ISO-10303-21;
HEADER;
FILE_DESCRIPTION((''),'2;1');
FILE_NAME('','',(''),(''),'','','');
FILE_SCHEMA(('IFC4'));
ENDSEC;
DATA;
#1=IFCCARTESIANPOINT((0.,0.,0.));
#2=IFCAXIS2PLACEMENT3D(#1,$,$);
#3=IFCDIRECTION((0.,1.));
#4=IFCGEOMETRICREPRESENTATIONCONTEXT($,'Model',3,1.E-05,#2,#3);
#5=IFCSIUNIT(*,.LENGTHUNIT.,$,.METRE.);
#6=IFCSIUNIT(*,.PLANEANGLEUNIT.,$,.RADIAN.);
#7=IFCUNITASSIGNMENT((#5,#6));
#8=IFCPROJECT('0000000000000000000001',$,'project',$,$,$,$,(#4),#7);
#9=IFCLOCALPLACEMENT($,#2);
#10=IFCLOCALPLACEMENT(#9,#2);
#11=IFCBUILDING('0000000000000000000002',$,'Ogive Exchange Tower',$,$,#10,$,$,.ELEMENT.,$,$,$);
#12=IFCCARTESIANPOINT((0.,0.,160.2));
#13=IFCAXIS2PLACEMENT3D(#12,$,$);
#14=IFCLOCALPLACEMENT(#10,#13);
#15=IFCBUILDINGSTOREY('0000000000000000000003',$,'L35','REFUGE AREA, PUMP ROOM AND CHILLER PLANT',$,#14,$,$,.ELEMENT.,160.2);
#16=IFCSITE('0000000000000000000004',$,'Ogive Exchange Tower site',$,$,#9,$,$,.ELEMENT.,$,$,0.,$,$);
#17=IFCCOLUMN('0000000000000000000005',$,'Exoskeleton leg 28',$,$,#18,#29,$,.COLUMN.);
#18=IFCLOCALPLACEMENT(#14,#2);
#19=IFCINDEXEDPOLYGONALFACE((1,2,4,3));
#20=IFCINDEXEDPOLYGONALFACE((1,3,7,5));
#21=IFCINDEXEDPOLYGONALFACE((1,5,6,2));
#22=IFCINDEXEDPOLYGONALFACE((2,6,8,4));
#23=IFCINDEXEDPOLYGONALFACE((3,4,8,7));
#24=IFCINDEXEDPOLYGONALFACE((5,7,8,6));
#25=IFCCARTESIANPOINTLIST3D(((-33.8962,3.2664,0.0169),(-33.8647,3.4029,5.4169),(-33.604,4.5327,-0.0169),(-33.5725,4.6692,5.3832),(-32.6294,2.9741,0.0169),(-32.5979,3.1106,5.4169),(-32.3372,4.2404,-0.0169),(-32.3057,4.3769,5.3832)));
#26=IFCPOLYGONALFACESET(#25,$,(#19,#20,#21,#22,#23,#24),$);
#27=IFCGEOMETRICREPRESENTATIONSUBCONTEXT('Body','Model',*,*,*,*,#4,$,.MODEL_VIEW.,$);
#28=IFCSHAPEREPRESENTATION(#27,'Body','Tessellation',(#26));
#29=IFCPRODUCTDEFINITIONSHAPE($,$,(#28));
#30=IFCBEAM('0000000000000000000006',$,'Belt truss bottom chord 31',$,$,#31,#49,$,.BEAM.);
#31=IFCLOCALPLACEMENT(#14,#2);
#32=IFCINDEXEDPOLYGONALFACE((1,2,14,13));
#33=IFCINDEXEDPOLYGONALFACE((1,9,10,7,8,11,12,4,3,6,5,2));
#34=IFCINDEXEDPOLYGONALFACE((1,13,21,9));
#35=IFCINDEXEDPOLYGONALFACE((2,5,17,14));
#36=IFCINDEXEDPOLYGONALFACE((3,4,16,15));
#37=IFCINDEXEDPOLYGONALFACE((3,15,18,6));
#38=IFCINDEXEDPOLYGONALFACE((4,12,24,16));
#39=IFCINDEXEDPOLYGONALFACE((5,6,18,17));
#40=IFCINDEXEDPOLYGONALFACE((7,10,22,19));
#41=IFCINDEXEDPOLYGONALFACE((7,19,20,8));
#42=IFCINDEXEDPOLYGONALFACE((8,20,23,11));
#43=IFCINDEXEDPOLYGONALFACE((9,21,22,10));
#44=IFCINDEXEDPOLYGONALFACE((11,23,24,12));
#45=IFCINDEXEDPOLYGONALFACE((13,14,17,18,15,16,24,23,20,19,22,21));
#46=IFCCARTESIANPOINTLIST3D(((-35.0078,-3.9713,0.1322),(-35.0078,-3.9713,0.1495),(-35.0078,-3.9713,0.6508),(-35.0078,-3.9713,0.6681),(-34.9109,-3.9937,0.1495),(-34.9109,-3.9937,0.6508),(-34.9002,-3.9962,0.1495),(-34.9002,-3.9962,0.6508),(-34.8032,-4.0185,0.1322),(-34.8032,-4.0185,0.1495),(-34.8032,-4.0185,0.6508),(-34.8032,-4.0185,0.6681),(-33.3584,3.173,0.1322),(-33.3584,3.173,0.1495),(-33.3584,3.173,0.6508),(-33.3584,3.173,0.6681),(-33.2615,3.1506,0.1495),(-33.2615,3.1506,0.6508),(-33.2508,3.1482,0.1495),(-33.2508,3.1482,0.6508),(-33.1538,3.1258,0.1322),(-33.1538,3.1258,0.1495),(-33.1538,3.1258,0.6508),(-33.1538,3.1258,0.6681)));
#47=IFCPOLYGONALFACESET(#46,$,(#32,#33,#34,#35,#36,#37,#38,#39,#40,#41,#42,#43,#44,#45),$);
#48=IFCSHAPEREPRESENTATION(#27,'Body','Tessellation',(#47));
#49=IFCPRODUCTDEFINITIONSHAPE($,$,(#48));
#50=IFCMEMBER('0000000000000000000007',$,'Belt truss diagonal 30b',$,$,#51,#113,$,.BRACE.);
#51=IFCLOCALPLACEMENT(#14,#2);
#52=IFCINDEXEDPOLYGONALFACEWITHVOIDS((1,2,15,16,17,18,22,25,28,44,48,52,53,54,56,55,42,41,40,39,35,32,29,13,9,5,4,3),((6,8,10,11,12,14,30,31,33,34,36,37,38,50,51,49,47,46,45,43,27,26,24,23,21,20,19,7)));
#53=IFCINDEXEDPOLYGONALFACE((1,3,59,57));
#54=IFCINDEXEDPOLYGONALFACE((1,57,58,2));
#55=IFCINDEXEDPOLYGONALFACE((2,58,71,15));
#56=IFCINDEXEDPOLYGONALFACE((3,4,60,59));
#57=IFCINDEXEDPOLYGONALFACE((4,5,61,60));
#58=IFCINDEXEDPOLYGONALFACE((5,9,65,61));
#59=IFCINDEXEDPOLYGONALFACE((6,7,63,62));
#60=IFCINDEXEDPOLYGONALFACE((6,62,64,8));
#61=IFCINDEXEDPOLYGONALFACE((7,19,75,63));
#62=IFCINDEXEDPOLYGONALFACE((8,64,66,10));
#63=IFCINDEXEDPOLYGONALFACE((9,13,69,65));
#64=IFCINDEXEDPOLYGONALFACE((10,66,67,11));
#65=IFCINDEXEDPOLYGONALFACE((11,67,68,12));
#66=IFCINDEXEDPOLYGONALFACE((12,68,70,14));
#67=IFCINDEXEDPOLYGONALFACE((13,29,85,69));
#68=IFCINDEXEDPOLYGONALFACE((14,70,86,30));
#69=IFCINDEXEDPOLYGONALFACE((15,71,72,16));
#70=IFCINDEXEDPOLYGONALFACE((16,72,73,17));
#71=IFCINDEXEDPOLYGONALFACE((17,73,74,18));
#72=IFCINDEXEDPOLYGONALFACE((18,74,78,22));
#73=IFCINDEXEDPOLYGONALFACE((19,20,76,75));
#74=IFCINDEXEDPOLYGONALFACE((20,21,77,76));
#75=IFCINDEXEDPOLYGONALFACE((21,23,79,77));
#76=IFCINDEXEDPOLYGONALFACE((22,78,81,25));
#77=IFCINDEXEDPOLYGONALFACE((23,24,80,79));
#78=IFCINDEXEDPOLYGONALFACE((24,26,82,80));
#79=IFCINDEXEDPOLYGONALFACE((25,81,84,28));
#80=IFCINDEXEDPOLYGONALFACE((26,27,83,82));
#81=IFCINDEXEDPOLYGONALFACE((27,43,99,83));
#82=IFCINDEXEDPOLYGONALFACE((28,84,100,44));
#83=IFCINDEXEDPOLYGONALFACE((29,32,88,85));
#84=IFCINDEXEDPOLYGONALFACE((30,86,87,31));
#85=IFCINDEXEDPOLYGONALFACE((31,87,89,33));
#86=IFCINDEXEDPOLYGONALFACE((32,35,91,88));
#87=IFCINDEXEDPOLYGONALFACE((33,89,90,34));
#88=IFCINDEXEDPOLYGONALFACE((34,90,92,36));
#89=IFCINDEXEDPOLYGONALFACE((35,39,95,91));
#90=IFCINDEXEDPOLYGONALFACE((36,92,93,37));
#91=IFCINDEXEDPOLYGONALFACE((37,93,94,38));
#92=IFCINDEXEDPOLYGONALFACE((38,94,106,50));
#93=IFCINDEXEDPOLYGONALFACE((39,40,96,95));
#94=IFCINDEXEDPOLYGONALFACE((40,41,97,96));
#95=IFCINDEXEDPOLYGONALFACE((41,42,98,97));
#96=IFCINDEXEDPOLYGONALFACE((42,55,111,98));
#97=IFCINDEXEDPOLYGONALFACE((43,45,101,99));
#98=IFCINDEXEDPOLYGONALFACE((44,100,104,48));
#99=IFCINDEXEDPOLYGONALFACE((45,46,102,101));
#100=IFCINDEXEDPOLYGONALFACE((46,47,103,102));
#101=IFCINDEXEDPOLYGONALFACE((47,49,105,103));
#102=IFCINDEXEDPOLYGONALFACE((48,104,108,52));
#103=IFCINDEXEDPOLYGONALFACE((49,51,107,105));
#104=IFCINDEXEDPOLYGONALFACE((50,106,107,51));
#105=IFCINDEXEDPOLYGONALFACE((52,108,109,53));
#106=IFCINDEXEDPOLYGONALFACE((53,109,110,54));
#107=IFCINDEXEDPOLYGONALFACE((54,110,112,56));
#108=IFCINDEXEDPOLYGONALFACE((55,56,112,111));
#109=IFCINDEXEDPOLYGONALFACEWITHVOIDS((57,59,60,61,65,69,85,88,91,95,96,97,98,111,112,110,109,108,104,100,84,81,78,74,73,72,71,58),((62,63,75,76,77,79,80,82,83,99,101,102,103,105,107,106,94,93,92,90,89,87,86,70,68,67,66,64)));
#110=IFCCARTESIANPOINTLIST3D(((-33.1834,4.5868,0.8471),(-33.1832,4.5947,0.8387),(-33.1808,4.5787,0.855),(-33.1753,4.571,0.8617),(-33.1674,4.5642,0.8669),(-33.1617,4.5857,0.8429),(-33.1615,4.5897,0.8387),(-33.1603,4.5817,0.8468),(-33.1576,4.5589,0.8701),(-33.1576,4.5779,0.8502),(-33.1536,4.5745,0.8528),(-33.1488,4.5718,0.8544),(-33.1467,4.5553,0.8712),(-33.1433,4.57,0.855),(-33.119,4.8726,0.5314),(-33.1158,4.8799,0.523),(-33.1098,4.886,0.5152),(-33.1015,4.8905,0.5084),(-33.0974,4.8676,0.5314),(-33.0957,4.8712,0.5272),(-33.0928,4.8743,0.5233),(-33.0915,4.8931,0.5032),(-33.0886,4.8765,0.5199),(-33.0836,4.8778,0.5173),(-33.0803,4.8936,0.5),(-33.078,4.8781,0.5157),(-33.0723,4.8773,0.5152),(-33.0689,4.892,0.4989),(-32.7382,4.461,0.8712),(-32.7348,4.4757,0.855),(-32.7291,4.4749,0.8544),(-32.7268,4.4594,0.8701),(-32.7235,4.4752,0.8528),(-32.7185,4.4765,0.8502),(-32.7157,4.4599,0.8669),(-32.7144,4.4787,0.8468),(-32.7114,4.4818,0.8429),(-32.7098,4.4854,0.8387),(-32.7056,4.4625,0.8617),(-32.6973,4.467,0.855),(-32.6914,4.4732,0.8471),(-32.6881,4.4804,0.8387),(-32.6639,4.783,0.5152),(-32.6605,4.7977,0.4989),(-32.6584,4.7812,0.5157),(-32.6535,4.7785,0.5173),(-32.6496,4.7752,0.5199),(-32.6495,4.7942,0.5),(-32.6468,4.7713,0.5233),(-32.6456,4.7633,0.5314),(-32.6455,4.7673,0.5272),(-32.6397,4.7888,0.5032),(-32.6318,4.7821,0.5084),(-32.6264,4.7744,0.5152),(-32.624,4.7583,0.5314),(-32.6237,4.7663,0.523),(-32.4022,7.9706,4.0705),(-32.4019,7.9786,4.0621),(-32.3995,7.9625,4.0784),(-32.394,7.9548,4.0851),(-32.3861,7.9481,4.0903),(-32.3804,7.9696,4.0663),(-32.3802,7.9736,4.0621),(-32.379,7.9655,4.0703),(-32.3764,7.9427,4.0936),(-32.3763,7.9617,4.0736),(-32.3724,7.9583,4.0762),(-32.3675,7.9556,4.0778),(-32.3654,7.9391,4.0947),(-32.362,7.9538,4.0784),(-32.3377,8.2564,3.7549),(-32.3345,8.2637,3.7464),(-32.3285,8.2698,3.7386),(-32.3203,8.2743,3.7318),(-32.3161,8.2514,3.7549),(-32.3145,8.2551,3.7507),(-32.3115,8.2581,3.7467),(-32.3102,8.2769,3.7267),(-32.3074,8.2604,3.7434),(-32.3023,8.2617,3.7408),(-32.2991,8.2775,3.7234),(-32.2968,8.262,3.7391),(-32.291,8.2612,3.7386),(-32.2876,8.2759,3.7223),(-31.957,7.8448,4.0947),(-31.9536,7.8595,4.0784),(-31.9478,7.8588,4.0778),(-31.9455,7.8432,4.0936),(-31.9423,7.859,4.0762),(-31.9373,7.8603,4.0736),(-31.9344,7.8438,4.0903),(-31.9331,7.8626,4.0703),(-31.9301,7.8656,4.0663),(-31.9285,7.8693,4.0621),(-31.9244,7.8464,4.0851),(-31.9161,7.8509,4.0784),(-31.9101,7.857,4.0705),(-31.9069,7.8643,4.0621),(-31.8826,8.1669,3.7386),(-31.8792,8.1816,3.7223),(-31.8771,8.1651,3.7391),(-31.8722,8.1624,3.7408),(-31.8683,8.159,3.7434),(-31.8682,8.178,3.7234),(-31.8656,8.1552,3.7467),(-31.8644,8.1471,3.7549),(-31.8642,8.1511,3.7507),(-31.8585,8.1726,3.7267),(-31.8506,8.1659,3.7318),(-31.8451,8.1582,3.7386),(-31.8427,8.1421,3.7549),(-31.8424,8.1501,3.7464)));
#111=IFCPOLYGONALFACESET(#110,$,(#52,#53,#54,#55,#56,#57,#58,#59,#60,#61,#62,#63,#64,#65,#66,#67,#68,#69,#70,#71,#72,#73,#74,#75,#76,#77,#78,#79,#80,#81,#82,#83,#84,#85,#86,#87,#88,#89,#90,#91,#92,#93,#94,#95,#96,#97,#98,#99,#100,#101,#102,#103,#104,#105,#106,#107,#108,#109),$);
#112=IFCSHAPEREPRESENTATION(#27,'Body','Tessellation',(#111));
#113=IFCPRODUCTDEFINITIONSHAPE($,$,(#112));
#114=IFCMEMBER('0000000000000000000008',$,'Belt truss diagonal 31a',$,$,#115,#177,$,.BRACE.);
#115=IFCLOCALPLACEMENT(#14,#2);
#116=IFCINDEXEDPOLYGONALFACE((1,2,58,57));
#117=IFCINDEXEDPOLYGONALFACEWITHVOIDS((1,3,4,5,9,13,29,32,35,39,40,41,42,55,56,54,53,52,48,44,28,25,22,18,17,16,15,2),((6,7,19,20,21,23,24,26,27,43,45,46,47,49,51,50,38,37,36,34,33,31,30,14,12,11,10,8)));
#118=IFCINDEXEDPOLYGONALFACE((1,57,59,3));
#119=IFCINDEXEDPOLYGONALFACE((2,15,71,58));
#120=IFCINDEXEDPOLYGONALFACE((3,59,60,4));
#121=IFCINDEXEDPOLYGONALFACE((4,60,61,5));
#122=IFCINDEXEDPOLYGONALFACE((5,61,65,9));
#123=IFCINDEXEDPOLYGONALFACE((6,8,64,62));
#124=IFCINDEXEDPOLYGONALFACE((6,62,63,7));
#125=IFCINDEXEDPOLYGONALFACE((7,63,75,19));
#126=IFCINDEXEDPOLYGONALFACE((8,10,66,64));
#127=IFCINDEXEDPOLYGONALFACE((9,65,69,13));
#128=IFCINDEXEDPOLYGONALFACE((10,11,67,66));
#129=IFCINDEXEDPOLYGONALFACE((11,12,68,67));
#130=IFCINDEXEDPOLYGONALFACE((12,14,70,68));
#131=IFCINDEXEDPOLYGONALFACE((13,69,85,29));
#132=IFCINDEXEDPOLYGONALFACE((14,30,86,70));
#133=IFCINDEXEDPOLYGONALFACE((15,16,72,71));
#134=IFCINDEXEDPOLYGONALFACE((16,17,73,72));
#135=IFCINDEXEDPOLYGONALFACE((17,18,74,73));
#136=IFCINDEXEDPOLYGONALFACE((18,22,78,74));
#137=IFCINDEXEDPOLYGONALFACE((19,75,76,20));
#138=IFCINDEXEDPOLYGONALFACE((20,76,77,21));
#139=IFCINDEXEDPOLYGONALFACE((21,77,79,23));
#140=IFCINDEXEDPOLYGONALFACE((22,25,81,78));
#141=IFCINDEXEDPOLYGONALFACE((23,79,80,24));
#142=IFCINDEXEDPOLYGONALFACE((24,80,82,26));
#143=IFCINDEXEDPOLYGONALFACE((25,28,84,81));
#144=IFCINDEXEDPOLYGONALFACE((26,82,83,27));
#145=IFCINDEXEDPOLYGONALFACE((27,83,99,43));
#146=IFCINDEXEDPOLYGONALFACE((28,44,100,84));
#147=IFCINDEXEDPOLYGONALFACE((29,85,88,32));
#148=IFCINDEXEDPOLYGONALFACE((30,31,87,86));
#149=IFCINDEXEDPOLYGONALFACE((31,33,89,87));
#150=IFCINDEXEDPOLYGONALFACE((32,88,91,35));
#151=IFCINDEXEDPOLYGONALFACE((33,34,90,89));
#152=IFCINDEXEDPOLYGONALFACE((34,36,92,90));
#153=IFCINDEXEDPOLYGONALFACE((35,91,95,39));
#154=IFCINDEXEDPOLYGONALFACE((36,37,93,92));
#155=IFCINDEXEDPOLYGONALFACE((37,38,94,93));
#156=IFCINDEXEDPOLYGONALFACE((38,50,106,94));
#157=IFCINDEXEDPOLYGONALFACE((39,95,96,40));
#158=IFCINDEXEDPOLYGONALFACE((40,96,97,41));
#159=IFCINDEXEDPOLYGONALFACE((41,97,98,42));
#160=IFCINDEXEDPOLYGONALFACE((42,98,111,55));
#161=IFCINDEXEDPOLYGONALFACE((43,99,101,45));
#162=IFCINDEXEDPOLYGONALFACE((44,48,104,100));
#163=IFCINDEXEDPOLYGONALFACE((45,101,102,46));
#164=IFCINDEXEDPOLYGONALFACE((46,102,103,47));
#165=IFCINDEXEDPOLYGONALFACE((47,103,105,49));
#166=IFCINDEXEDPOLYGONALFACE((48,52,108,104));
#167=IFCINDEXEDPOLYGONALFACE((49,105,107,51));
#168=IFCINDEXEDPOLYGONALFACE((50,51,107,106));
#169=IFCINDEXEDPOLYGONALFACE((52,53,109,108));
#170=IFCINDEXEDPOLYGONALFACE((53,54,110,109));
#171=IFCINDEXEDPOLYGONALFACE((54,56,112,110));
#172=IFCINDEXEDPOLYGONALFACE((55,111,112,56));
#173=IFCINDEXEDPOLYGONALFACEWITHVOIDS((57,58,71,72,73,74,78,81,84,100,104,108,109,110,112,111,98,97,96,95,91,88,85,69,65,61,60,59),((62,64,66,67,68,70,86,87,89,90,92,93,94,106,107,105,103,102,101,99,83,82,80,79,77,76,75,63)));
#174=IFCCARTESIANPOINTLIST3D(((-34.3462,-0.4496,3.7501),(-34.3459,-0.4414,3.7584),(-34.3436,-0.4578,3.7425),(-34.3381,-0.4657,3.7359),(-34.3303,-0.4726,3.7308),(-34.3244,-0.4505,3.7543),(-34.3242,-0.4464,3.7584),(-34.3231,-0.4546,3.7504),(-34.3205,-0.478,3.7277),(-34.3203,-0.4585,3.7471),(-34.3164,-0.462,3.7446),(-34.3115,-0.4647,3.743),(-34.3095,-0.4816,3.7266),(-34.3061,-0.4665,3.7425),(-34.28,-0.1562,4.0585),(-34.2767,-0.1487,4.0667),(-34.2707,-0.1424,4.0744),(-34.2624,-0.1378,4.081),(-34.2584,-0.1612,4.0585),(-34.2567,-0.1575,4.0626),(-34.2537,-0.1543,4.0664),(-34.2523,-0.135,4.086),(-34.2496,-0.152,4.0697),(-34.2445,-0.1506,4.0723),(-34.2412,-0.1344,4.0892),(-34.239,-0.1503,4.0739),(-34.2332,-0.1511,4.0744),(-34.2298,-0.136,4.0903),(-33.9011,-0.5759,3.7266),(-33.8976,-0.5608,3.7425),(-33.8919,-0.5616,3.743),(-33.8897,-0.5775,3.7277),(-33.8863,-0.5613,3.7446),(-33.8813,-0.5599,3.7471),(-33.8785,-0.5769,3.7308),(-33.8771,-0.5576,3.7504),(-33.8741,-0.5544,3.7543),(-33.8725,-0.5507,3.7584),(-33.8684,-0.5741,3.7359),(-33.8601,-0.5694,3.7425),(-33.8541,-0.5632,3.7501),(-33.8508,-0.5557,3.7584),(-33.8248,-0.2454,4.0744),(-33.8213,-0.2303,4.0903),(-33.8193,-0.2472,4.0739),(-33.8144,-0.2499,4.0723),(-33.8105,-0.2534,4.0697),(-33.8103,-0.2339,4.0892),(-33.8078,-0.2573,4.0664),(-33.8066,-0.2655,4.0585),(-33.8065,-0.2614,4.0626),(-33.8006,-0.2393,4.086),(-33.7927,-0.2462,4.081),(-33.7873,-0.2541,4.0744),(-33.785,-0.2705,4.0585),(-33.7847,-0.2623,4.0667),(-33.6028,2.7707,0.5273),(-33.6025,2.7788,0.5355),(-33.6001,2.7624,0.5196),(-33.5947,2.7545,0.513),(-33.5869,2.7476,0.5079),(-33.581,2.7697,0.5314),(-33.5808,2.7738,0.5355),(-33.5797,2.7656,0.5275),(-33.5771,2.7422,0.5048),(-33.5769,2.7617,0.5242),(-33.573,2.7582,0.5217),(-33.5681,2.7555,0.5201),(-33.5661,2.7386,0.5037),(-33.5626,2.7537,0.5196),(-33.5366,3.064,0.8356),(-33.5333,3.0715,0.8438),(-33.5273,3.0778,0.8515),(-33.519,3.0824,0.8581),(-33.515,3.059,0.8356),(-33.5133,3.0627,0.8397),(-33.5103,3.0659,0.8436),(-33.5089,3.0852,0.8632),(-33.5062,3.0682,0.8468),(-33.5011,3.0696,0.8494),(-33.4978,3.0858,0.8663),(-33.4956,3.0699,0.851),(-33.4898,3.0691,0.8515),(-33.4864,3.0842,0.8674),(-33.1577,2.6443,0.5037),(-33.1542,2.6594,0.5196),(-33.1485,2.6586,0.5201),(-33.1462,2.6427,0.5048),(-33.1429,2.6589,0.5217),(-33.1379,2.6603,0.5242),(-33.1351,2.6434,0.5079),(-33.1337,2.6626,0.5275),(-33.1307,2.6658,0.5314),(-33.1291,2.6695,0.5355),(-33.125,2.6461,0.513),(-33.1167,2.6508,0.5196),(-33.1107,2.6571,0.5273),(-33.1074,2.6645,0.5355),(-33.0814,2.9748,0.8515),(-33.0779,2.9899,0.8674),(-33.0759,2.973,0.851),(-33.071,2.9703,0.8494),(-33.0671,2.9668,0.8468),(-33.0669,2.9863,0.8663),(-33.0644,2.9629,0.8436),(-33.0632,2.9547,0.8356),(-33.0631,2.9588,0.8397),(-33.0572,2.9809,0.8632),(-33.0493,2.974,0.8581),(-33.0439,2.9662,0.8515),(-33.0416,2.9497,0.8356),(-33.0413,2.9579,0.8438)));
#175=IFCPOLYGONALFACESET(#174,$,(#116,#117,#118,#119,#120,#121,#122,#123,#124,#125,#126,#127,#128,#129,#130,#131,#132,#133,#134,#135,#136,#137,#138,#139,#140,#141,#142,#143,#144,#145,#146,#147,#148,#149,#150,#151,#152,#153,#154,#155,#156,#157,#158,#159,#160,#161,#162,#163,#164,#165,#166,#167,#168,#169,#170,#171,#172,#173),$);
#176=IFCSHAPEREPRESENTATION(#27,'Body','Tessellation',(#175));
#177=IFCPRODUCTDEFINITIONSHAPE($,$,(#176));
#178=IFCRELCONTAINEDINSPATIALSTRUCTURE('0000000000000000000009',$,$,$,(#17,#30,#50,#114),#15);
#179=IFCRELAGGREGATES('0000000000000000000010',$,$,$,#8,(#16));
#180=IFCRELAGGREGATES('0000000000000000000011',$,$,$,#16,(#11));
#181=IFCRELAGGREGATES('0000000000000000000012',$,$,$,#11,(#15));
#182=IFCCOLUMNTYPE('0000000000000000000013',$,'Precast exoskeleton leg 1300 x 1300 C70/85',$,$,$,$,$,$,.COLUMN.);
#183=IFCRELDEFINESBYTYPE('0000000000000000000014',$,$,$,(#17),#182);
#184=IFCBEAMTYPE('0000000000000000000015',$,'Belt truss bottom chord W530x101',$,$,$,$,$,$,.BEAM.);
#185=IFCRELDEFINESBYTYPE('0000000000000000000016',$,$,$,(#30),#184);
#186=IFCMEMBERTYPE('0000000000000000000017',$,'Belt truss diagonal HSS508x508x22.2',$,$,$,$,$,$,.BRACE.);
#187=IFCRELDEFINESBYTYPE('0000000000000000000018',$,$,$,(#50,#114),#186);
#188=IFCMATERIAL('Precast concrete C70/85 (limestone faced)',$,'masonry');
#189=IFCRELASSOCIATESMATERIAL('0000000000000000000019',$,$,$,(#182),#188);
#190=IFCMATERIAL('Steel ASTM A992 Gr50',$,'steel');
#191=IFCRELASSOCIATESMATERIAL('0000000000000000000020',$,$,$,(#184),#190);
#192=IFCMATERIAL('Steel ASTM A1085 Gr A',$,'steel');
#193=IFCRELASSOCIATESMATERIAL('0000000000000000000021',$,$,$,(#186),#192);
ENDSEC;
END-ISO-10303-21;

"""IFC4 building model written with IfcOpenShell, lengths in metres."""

from ifc_helpers import new_model, si_unit, direction, frame, origin, origin_2d, place, context, subcontext, project, spatial, rectangle, hollow_rectangle, i_section, extrude, material, material_profile, profile_set, type_object, element, save


model = new_model("IFC4")

# Units and contexts
model_context = context("Model", 3, precision=1e-05, world=origin(), true_north=direction((0.0, 1.0)))
body_context = subcontext(model_context, "Body", "Model", "MODEL_VIEW")
ifc_project = project(units=[si_unit("LENGTHUNIT", "METRE"), si_unit("PLANEANGLEUNIT", "RADIAN")], contexts=[model_context])

# Site, building, storey
site_placement = place(None, origin())
site = spatial("IfcSite", under=ifc_project, at=site_placement, Name="Ogive Exchange Tower site", CompositionType="ELEMENT", RefElevation=0.0)
building_placement = place(site_placement, origin())
building = spatial("IfcBuilding", under=site, at=building_placement, Name="Ogive Exchange Tower", CompositionType="ELEMENT")
storey_placement = place(building_placement, frame((0.0, 0.0, 160.2)))
storey = spatial("IfcBuildingStorey", under=building, at=storey_placement, Name="L35", Description="REFUGE AREA, PUMP ROOM AND CHILLER PLANT", CompositionType="ELEMENT", Elevation=160.2)

# Column
ifc_material_1 = material(Name="Precast concrete C70/85 (limestone faced)", Category="masonry")
ifc_material_profile_1 = material_profile(ifc_material_1, rectangle(XDim=1.3, YDim=1.3, at=origin_2d()), Name="1300 x 1300")
ifc_profile_set_1 = profile_set([ifc_material_profile_1], Name="Precast concrete C70/85 (limestone faced)")
column_type = type_object("IfcColumnType", Name="Precast exoskeleton leg 1300 x 1300 C70/85", PredefinedType="COLUMN", material=ifc_profile_set_1)
column_placement = place(storey_placement, frame((-33.1167, 3.7534, 0.0), z_axis=(0.00583, 0.025264, 0.999664), x_axis=(-0.974391, 0.22486, 0.0)))
element("IfcColumn", 1, at=column_placement, inside=storey, type_object=column_type, Name="Exoskeleton leg 28", PredefinedType="COLUMN", context=body_context, shape_type="SweptSolid", body=[
    extrude(rectangle(XDim=1.3, YDim=1.3, at=origin_2d()), origin(), (0.0, 0.0, 1.0), 5.4019),
])

# Beam
ifc_material_2 = material(Name="Steel ASTM A992 Gr50", Category="steel")
ifc_material_profile_2 = material_profile(ifc_material_2, i_section(OverallWidth=0.21, OverallDepth=0.5359, WebThickness=0.011, FlangeThickness=0.0173, at=origin_2d()), Name="W530x101")
ifc_profile_set_2 = profile_set([ifc_material_profile_2], Name="Steel ASTM A992 Gr50")
beam_type_1 = type_object("IfcBeamType", Name="Belt truss bottom chord W530x101", PredefinedType="BEAM", material=ifc_profile_set_2)
beam_1_placement = place(storey_placement, frame((-33.2561, 3.1494, 0.4001), z_axis=(-0.224954, -0.974369, 0.0), x_axis=(0.974369, -0.224954, 0.0)))
element("IfcBeam", 2, at=beam_1_placement, inside=storey, type_object=beam_type_1, Name="Belt truss bottom chord 31", PredefinedType="BEAM", context=body_context, shape_type="SweptSolid", body=[
    extrude(i_section(OverallWidth=0.21, OverallDepth=0.5359, WebThickness=0.011, FlangeThickness=0.0173, at=origin_2d()), origin(), (0.0, 0.0, 1.0), 7.3323),
])

# Members
ifc_material_3 = material(Name="Steel ASTM A1085 Gr A", Category="steel")
ifc_material_profile_3 = material_profile(ifc_material_3, hollow_rectangle(XDim=0.5081, YDim=0.5081, WallThickness=0.0222, InnerFilletRadius=0.0222, OuterFilletRadius=0.0444, at=origin_2d()), Name="HSS508x508x22.2")
ifc_profile_set_3 = profile_set([ifc_material_profile_3], Name="Steel ASTM A1085 Gr A")
member_type_1 = type_object("IfcMemberType", Name="Belt truss diagonal HSS508x508x22.2", PredefinedType="BRACE", material=ifc_profile_set_3)
member_1_placement = place(storey_placement, frame((-32.9036, 4.6765, 0.6851), z_axis=(0.164883, 0.71415, 0.680297), x_axis=(-0.974367, 0.224962, 0.0)))
element("IfcMember", 3, at=member_1_placement, inside=storey, type_object=member_type_1, Name="Belt truss diagonal 30b", PredefinedType="BRACE", context=body_context, shape_type="SweptSolid", body=[
    extrude(hollow_rectangle(XDim=0.5081, YDim=0.5081, WallThickness=0.0222, InnerFilletRadius=0.0222, OuterFilletRadius=0.0444, at=origin_2d()), origin(), (0.0, 0.0, 1.0), 4.7383),
])
member_2_placement = place(storey_placement, frame((-33.322, 2.8643, 0.6855), z_axis=(-0.161042, -0.697586, 0.698168), x_axis=(0.974373, -0.22494, 0.0)))
element("IfcMember", 4, at=member_2_placement, inside=storey, type_object=member_type_1, Name="Belt truss diagonal 31a", PredefinedType="BRACE", context=body_context, shape_type="SweptSolid", body=[
    extrude(hollow_rectangle(XDim=0.5081, YDim=0.5081, WallThickness=0.0222, InnerFilletRadius=0.0222, OuterFilletRadius=0.0444, at=origin_2d()), origin(), (0.0, 0.0, 1.0), 4.6162),
])

save(model, "model.ifc")
